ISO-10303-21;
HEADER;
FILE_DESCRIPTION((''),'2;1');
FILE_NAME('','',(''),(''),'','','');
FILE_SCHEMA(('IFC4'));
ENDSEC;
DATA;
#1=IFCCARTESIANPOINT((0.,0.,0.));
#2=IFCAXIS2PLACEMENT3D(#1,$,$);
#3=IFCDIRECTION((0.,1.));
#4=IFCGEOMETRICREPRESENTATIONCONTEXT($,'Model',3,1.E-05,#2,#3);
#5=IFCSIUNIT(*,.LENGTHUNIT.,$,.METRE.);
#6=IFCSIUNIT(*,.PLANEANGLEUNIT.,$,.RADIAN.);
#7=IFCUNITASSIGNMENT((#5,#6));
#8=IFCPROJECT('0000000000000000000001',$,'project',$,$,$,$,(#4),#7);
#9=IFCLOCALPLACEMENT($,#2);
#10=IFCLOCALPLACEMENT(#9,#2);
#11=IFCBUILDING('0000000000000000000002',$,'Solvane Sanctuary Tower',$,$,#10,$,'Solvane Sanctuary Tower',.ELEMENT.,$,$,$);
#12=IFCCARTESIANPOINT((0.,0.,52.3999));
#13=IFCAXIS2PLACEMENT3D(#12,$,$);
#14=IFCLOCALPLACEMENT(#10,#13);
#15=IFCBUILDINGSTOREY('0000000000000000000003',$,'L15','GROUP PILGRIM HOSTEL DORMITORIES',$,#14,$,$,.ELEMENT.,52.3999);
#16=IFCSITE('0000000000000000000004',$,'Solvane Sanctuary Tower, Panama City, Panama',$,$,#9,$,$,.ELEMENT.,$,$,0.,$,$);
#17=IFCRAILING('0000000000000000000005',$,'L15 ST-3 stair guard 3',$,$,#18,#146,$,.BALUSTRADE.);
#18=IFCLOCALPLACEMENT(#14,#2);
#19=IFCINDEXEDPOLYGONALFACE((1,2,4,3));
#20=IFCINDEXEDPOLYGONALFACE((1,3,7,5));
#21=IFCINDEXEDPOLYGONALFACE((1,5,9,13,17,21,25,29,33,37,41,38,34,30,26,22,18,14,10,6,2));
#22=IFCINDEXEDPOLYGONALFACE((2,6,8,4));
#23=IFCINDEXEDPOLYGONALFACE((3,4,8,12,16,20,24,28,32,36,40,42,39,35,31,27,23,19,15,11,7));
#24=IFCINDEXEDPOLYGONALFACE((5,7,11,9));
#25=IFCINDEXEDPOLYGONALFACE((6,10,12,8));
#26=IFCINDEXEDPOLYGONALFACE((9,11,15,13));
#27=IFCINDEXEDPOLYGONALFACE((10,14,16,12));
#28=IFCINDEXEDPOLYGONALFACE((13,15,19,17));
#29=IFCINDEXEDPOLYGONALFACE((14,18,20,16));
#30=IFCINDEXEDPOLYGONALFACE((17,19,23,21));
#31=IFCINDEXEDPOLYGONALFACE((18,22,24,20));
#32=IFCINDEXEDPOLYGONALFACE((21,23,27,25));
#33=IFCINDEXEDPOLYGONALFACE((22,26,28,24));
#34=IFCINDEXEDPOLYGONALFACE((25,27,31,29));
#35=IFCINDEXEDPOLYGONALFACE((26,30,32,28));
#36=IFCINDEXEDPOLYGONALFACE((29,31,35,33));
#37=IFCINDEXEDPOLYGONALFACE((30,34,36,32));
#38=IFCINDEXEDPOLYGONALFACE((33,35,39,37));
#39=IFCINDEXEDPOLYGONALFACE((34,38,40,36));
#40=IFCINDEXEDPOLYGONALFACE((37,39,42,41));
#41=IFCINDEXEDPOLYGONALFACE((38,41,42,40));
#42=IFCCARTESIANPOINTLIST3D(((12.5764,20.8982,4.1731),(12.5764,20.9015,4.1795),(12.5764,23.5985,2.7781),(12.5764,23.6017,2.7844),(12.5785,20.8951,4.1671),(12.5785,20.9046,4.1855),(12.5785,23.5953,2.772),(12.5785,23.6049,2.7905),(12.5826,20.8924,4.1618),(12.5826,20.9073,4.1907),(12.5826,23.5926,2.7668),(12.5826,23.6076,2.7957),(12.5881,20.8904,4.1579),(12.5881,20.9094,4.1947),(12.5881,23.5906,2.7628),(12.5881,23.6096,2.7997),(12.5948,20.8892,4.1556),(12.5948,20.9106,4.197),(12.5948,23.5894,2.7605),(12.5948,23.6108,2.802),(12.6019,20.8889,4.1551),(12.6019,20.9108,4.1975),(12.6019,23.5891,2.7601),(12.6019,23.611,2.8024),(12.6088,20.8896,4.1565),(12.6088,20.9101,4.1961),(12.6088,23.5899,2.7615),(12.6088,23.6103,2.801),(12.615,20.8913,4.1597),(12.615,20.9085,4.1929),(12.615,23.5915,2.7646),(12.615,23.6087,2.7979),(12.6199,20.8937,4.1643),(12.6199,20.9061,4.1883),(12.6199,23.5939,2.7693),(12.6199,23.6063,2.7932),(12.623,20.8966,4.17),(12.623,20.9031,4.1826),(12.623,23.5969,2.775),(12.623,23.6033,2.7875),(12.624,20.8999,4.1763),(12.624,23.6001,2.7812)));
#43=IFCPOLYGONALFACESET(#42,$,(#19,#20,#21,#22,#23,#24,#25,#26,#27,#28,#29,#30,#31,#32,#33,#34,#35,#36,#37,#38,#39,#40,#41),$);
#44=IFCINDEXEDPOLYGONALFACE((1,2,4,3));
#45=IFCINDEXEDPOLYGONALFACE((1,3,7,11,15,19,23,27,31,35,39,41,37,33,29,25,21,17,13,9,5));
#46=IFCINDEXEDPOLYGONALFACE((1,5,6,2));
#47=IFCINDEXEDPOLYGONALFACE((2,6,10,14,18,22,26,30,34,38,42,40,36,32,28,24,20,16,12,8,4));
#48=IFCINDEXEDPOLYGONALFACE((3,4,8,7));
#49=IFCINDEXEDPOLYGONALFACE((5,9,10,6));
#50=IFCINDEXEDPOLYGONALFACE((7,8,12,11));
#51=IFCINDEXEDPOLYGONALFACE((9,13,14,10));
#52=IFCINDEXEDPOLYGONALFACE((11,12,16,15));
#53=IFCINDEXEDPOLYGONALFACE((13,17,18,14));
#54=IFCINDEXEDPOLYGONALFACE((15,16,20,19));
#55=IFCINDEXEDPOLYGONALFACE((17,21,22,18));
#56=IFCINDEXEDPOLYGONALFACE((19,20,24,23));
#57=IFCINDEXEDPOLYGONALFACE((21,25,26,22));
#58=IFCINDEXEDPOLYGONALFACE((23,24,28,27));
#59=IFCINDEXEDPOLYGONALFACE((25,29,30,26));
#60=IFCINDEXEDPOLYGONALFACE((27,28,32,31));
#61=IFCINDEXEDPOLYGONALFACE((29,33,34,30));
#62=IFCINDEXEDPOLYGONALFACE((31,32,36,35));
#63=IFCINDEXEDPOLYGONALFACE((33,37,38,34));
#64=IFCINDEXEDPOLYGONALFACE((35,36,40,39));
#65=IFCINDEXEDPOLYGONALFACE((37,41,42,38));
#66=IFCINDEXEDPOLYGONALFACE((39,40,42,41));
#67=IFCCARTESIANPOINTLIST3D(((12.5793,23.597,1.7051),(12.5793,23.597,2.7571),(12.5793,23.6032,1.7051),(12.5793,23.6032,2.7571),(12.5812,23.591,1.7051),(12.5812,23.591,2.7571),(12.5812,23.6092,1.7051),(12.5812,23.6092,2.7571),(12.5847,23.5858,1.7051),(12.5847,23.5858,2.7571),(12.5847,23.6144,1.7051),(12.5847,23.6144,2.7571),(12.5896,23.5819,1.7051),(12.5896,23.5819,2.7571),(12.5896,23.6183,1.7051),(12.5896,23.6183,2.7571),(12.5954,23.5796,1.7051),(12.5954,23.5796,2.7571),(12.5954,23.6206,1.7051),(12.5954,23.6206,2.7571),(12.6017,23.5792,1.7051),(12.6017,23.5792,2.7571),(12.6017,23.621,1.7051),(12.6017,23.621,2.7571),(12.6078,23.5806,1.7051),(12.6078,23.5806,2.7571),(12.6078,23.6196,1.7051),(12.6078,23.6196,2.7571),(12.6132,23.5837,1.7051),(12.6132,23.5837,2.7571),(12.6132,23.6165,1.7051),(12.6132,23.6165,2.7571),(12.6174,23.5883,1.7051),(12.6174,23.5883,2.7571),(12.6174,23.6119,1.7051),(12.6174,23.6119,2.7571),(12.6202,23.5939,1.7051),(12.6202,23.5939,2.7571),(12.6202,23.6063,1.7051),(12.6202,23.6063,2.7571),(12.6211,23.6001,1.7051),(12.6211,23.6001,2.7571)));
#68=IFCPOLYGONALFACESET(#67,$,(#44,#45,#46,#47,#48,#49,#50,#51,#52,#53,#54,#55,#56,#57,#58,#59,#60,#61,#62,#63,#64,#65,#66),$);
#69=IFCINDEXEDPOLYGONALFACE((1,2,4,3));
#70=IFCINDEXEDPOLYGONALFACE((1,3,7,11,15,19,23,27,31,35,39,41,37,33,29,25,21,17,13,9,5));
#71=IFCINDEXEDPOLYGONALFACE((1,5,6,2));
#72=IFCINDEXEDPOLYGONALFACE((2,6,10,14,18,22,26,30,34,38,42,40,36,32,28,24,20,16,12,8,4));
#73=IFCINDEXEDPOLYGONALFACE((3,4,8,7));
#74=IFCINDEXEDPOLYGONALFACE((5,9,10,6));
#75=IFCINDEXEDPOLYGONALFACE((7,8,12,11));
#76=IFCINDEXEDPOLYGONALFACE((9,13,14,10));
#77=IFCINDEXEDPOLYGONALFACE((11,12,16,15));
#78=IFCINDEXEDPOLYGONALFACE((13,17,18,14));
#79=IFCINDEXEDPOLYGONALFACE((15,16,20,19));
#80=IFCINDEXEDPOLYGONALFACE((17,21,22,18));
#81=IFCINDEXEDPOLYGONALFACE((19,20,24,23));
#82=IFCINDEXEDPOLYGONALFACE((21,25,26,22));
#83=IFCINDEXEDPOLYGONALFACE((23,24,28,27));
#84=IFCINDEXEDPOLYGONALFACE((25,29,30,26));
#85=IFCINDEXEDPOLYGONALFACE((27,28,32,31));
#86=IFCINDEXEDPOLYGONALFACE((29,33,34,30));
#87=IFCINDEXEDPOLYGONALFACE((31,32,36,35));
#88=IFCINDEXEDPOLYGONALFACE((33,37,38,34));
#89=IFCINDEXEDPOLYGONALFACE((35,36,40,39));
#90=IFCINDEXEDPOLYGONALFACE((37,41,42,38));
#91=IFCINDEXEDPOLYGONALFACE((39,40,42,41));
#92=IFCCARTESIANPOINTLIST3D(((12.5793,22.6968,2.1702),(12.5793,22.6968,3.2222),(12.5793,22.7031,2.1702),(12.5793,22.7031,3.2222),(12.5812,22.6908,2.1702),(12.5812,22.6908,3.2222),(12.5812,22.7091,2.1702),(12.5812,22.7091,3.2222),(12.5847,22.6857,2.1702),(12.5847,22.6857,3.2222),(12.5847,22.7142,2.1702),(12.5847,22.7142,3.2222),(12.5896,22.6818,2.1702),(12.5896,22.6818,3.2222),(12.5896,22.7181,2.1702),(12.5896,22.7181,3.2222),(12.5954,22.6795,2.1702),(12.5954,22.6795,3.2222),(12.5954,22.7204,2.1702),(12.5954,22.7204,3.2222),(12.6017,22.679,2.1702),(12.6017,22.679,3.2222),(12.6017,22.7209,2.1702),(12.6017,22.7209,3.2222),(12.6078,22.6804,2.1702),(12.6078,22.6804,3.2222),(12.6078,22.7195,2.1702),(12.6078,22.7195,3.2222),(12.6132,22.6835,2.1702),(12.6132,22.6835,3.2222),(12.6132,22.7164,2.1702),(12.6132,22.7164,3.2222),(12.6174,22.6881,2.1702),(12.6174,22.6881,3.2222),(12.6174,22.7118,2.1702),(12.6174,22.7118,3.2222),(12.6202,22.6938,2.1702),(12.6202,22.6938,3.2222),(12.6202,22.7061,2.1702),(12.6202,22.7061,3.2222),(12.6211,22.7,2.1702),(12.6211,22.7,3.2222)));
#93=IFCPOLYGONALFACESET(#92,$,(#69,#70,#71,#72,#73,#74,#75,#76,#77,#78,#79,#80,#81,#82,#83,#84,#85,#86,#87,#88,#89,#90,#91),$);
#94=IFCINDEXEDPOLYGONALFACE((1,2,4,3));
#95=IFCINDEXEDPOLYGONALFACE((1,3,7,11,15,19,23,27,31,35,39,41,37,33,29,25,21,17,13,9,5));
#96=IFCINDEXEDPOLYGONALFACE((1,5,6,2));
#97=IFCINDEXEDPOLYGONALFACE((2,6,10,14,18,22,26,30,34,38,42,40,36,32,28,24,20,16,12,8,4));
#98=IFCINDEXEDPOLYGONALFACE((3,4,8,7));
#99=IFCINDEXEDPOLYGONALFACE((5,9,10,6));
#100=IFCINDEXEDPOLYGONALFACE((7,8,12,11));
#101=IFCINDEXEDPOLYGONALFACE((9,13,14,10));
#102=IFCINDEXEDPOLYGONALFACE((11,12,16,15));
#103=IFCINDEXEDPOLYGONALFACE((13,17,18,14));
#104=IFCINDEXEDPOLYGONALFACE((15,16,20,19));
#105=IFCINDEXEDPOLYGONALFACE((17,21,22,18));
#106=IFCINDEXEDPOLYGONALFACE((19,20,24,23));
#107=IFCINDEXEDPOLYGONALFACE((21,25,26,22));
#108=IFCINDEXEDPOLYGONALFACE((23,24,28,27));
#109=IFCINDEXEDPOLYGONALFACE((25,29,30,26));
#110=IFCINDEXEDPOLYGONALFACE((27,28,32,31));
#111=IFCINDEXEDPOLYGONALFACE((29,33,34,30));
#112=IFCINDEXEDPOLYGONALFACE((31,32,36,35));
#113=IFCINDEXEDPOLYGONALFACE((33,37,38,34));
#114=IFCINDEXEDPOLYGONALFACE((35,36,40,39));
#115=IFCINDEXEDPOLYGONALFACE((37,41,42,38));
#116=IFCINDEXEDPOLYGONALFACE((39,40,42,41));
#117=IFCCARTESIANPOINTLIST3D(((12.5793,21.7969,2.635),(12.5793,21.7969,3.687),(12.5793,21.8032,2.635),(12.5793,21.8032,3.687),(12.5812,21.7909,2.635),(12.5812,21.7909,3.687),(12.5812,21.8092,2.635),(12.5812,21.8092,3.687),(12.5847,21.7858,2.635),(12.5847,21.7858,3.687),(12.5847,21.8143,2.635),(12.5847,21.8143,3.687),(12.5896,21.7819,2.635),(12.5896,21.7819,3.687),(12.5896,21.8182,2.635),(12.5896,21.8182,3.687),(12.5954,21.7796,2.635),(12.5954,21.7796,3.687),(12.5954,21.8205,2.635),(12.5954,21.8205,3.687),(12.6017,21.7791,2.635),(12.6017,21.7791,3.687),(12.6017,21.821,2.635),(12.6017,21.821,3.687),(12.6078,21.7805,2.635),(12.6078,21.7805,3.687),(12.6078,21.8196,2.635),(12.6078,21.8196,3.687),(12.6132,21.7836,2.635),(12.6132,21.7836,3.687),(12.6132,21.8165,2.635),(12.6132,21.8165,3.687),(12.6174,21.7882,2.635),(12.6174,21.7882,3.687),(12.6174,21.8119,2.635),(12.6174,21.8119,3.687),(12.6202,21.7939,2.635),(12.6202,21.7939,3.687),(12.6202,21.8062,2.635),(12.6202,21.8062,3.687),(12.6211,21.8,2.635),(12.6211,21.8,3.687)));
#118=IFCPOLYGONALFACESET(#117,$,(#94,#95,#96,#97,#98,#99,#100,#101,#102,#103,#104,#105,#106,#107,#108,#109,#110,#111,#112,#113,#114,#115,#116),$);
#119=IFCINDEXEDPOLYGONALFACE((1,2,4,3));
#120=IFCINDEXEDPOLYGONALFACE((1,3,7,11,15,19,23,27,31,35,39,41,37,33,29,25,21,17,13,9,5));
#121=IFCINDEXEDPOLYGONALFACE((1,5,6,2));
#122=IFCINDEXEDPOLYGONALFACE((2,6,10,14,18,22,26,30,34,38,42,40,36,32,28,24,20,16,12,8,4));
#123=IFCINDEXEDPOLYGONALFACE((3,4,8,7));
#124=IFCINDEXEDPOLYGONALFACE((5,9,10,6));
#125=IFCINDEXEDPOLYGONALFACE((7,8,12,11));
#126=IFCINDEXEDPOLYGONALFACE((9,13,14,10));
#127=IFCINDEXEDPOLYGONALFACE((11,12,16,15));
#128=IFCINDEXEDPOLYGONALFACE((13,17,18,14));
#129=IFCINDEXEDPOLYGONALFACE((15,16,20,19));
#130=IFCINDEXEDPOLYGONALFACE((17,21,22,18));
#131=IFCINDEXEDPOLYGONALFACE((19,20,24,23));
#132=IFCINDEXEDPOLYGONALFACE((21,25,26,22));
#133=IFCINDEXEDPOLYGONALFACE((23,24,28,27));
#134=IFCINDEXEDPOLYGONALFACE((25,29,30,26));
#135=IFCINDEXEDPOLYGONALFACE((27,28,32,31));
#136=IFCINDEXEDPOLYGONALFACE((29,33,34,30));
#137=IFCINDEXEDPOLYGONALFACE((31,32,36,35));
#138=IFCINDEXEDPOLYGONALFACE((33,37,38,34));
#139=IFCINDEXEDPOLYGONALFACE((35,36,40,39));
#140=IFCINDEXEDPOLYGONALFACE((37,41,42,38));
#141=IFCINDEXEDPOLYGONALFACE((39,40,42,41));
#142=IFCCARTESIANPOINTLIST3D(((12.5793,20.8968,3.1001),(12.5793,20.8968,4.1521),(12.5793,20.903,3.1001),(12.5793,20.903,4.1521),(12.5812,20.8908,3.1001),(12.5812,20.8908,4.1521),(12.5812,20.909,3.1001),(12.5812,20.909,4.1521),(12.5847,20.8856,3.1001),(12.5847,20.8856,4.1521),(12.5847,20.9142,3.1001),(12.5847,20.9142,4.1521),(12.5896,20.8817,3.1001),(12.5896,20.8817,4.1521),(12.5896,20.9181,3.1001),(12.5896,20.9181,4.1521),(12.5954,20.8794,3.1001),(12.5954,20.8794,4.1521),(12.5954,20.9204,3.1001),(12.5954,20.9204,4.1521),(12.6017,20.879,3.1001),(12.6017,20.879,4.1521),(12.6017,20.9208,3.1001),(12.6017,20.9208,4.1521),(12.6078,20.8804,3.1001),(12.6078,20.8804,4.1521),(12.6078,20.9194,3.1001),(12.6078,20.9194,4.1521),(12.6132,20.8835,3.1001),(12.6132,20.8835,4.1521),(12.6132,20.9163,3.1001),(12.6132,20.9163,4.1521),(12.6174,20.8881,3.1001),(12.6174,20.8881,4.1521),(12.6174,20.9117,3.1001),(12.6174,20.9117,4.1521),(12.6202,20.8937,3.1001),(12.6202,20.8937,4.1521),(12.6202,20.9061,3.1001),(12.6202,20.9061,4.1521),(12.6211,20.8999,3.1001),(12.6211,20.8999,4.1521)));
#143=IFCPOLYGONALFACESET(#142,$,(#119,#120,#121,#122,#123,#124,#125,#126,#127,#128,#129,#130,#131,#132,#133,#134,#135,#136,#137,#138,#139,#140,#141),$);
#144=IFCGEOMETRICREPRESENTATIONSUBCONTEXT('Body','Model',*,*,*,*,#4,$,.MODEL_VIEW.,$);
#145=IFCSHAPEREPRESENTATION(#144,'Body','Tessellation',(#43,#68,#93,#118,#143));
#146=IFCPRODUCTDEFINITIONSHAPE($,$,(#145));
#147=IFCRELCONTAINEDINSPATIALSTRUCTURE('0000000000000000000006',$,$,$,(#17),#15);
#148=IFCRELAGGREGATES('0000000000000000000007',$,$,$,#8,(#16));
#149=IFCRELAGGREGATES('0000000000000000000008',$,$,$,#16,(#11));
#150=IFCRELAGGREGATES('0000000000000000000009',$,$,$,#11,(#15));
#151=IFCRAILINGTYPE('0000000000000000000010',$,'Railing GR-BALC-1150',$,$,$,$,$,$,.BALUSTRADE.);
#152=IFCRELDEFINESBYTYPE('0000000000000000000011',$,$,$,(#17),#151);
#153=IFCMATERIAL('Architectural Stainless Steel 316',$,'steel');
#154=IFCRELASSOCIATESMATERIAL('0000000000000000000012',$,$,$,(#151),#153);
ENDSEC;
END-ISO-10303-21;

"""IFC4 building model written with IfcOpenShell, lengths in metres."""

from ifc_helpers import new_model, si_unit, direction, frame, origin, origin_2d, place, context, subcontext, project, spatial, circle, extrude, material, type_object, element, save


model = new_model("IFC4")

# Units and contexts
model_context = context("Model", 3, precision=1e-05, world=origin(), true_north=direction((0.0, 1.0)))
body_context = subcontext(model_context, "Body", "Model", "MODEL_VIEW")
ifc_project = project(units=[si_unit("LENGTHUNIT", "METRE"), si_unit("PLANEANGLEUNIT", "RADIAN")], contexts=[model_context])

# Site, building, storey
site_placement = place(None, origin())
site = spatial("IfcSite", under=ifc_project, at=site_placement, Name="Solvane Sanctuary Tower, Panama City, Panama", CompositionType="ELEMENT", RefElevation=0.0)
building_placement = place(site_placement, origin())
building = spatial("IfcBuilding", under=site, at=building_placement, Name="Solvane Sanctuary Tower", LongName="Solvane Sanctuary Tower", CompositionType="ELEMENT")
storey_placement = place(building_placement, frame((0.0, 0.0, 52.3999)))
storey = spatial("IfcBuildingStorey", under=building, at=storey_placement, Name="L15", Description="GROUP PILGRIM HOSTEL DORMITORIES", CompositionType="ELEMENT", Elevation=52.3999)

# Shared definitions
ifc_material_1 = material(Name="Architectural Stainless Steel 316", Category="steel")

# Railing
railing_type_1 = type_object("IfcRailingType", Name="Railing GR-BALC-1150", PredefinedType="BALUSTRADE", material=ifc_material_1)
railing_1_placement = place(storey_placement, frame((12.6001, 23.6001, 1.7051)))
element("IfcRailing", 1, at=railing_1_placement, inside=storey, type_object=railing_type_1, Name="L15 ST-3 stair guard 3", PredefinedType="BALUSTRADE", context=body_context, shape_type="SweptSolid", body=[
    extrude(circle(Radius=0.0239, at=origin_2d()), frame((0.0, 0.0, 1.0762), z_axis=(0.0, -0.888437, 0.458999), x_axis=(1.0, 0.0, 0.0)), (0.0, 0.0, 1.0), 3.0393),
    extrude(circle(Radius=0.021, at=origin_2d()), origin(), (0.0, 0.0, 1.0), 1.052),
    extrude(circle(Radius=0.021, at=origin_2d()), frame((0.0, -0.9001, 0.4651)), (0.0, 0.0, 1.0), 1.052),
    extrude(circle(Radius=0.021, at=origin_2d()), frame((0.0, -1.8, 0.9299)), (0.0, 0.0, 1.0), 1.052),
    extrude(circle(Radius=0.021, at=origin_2d()), frame((0.0, -2.7002, 1.395)), (0.0, 0.0, 1.0), 1.052),
])

save(model, "model.ifc")
